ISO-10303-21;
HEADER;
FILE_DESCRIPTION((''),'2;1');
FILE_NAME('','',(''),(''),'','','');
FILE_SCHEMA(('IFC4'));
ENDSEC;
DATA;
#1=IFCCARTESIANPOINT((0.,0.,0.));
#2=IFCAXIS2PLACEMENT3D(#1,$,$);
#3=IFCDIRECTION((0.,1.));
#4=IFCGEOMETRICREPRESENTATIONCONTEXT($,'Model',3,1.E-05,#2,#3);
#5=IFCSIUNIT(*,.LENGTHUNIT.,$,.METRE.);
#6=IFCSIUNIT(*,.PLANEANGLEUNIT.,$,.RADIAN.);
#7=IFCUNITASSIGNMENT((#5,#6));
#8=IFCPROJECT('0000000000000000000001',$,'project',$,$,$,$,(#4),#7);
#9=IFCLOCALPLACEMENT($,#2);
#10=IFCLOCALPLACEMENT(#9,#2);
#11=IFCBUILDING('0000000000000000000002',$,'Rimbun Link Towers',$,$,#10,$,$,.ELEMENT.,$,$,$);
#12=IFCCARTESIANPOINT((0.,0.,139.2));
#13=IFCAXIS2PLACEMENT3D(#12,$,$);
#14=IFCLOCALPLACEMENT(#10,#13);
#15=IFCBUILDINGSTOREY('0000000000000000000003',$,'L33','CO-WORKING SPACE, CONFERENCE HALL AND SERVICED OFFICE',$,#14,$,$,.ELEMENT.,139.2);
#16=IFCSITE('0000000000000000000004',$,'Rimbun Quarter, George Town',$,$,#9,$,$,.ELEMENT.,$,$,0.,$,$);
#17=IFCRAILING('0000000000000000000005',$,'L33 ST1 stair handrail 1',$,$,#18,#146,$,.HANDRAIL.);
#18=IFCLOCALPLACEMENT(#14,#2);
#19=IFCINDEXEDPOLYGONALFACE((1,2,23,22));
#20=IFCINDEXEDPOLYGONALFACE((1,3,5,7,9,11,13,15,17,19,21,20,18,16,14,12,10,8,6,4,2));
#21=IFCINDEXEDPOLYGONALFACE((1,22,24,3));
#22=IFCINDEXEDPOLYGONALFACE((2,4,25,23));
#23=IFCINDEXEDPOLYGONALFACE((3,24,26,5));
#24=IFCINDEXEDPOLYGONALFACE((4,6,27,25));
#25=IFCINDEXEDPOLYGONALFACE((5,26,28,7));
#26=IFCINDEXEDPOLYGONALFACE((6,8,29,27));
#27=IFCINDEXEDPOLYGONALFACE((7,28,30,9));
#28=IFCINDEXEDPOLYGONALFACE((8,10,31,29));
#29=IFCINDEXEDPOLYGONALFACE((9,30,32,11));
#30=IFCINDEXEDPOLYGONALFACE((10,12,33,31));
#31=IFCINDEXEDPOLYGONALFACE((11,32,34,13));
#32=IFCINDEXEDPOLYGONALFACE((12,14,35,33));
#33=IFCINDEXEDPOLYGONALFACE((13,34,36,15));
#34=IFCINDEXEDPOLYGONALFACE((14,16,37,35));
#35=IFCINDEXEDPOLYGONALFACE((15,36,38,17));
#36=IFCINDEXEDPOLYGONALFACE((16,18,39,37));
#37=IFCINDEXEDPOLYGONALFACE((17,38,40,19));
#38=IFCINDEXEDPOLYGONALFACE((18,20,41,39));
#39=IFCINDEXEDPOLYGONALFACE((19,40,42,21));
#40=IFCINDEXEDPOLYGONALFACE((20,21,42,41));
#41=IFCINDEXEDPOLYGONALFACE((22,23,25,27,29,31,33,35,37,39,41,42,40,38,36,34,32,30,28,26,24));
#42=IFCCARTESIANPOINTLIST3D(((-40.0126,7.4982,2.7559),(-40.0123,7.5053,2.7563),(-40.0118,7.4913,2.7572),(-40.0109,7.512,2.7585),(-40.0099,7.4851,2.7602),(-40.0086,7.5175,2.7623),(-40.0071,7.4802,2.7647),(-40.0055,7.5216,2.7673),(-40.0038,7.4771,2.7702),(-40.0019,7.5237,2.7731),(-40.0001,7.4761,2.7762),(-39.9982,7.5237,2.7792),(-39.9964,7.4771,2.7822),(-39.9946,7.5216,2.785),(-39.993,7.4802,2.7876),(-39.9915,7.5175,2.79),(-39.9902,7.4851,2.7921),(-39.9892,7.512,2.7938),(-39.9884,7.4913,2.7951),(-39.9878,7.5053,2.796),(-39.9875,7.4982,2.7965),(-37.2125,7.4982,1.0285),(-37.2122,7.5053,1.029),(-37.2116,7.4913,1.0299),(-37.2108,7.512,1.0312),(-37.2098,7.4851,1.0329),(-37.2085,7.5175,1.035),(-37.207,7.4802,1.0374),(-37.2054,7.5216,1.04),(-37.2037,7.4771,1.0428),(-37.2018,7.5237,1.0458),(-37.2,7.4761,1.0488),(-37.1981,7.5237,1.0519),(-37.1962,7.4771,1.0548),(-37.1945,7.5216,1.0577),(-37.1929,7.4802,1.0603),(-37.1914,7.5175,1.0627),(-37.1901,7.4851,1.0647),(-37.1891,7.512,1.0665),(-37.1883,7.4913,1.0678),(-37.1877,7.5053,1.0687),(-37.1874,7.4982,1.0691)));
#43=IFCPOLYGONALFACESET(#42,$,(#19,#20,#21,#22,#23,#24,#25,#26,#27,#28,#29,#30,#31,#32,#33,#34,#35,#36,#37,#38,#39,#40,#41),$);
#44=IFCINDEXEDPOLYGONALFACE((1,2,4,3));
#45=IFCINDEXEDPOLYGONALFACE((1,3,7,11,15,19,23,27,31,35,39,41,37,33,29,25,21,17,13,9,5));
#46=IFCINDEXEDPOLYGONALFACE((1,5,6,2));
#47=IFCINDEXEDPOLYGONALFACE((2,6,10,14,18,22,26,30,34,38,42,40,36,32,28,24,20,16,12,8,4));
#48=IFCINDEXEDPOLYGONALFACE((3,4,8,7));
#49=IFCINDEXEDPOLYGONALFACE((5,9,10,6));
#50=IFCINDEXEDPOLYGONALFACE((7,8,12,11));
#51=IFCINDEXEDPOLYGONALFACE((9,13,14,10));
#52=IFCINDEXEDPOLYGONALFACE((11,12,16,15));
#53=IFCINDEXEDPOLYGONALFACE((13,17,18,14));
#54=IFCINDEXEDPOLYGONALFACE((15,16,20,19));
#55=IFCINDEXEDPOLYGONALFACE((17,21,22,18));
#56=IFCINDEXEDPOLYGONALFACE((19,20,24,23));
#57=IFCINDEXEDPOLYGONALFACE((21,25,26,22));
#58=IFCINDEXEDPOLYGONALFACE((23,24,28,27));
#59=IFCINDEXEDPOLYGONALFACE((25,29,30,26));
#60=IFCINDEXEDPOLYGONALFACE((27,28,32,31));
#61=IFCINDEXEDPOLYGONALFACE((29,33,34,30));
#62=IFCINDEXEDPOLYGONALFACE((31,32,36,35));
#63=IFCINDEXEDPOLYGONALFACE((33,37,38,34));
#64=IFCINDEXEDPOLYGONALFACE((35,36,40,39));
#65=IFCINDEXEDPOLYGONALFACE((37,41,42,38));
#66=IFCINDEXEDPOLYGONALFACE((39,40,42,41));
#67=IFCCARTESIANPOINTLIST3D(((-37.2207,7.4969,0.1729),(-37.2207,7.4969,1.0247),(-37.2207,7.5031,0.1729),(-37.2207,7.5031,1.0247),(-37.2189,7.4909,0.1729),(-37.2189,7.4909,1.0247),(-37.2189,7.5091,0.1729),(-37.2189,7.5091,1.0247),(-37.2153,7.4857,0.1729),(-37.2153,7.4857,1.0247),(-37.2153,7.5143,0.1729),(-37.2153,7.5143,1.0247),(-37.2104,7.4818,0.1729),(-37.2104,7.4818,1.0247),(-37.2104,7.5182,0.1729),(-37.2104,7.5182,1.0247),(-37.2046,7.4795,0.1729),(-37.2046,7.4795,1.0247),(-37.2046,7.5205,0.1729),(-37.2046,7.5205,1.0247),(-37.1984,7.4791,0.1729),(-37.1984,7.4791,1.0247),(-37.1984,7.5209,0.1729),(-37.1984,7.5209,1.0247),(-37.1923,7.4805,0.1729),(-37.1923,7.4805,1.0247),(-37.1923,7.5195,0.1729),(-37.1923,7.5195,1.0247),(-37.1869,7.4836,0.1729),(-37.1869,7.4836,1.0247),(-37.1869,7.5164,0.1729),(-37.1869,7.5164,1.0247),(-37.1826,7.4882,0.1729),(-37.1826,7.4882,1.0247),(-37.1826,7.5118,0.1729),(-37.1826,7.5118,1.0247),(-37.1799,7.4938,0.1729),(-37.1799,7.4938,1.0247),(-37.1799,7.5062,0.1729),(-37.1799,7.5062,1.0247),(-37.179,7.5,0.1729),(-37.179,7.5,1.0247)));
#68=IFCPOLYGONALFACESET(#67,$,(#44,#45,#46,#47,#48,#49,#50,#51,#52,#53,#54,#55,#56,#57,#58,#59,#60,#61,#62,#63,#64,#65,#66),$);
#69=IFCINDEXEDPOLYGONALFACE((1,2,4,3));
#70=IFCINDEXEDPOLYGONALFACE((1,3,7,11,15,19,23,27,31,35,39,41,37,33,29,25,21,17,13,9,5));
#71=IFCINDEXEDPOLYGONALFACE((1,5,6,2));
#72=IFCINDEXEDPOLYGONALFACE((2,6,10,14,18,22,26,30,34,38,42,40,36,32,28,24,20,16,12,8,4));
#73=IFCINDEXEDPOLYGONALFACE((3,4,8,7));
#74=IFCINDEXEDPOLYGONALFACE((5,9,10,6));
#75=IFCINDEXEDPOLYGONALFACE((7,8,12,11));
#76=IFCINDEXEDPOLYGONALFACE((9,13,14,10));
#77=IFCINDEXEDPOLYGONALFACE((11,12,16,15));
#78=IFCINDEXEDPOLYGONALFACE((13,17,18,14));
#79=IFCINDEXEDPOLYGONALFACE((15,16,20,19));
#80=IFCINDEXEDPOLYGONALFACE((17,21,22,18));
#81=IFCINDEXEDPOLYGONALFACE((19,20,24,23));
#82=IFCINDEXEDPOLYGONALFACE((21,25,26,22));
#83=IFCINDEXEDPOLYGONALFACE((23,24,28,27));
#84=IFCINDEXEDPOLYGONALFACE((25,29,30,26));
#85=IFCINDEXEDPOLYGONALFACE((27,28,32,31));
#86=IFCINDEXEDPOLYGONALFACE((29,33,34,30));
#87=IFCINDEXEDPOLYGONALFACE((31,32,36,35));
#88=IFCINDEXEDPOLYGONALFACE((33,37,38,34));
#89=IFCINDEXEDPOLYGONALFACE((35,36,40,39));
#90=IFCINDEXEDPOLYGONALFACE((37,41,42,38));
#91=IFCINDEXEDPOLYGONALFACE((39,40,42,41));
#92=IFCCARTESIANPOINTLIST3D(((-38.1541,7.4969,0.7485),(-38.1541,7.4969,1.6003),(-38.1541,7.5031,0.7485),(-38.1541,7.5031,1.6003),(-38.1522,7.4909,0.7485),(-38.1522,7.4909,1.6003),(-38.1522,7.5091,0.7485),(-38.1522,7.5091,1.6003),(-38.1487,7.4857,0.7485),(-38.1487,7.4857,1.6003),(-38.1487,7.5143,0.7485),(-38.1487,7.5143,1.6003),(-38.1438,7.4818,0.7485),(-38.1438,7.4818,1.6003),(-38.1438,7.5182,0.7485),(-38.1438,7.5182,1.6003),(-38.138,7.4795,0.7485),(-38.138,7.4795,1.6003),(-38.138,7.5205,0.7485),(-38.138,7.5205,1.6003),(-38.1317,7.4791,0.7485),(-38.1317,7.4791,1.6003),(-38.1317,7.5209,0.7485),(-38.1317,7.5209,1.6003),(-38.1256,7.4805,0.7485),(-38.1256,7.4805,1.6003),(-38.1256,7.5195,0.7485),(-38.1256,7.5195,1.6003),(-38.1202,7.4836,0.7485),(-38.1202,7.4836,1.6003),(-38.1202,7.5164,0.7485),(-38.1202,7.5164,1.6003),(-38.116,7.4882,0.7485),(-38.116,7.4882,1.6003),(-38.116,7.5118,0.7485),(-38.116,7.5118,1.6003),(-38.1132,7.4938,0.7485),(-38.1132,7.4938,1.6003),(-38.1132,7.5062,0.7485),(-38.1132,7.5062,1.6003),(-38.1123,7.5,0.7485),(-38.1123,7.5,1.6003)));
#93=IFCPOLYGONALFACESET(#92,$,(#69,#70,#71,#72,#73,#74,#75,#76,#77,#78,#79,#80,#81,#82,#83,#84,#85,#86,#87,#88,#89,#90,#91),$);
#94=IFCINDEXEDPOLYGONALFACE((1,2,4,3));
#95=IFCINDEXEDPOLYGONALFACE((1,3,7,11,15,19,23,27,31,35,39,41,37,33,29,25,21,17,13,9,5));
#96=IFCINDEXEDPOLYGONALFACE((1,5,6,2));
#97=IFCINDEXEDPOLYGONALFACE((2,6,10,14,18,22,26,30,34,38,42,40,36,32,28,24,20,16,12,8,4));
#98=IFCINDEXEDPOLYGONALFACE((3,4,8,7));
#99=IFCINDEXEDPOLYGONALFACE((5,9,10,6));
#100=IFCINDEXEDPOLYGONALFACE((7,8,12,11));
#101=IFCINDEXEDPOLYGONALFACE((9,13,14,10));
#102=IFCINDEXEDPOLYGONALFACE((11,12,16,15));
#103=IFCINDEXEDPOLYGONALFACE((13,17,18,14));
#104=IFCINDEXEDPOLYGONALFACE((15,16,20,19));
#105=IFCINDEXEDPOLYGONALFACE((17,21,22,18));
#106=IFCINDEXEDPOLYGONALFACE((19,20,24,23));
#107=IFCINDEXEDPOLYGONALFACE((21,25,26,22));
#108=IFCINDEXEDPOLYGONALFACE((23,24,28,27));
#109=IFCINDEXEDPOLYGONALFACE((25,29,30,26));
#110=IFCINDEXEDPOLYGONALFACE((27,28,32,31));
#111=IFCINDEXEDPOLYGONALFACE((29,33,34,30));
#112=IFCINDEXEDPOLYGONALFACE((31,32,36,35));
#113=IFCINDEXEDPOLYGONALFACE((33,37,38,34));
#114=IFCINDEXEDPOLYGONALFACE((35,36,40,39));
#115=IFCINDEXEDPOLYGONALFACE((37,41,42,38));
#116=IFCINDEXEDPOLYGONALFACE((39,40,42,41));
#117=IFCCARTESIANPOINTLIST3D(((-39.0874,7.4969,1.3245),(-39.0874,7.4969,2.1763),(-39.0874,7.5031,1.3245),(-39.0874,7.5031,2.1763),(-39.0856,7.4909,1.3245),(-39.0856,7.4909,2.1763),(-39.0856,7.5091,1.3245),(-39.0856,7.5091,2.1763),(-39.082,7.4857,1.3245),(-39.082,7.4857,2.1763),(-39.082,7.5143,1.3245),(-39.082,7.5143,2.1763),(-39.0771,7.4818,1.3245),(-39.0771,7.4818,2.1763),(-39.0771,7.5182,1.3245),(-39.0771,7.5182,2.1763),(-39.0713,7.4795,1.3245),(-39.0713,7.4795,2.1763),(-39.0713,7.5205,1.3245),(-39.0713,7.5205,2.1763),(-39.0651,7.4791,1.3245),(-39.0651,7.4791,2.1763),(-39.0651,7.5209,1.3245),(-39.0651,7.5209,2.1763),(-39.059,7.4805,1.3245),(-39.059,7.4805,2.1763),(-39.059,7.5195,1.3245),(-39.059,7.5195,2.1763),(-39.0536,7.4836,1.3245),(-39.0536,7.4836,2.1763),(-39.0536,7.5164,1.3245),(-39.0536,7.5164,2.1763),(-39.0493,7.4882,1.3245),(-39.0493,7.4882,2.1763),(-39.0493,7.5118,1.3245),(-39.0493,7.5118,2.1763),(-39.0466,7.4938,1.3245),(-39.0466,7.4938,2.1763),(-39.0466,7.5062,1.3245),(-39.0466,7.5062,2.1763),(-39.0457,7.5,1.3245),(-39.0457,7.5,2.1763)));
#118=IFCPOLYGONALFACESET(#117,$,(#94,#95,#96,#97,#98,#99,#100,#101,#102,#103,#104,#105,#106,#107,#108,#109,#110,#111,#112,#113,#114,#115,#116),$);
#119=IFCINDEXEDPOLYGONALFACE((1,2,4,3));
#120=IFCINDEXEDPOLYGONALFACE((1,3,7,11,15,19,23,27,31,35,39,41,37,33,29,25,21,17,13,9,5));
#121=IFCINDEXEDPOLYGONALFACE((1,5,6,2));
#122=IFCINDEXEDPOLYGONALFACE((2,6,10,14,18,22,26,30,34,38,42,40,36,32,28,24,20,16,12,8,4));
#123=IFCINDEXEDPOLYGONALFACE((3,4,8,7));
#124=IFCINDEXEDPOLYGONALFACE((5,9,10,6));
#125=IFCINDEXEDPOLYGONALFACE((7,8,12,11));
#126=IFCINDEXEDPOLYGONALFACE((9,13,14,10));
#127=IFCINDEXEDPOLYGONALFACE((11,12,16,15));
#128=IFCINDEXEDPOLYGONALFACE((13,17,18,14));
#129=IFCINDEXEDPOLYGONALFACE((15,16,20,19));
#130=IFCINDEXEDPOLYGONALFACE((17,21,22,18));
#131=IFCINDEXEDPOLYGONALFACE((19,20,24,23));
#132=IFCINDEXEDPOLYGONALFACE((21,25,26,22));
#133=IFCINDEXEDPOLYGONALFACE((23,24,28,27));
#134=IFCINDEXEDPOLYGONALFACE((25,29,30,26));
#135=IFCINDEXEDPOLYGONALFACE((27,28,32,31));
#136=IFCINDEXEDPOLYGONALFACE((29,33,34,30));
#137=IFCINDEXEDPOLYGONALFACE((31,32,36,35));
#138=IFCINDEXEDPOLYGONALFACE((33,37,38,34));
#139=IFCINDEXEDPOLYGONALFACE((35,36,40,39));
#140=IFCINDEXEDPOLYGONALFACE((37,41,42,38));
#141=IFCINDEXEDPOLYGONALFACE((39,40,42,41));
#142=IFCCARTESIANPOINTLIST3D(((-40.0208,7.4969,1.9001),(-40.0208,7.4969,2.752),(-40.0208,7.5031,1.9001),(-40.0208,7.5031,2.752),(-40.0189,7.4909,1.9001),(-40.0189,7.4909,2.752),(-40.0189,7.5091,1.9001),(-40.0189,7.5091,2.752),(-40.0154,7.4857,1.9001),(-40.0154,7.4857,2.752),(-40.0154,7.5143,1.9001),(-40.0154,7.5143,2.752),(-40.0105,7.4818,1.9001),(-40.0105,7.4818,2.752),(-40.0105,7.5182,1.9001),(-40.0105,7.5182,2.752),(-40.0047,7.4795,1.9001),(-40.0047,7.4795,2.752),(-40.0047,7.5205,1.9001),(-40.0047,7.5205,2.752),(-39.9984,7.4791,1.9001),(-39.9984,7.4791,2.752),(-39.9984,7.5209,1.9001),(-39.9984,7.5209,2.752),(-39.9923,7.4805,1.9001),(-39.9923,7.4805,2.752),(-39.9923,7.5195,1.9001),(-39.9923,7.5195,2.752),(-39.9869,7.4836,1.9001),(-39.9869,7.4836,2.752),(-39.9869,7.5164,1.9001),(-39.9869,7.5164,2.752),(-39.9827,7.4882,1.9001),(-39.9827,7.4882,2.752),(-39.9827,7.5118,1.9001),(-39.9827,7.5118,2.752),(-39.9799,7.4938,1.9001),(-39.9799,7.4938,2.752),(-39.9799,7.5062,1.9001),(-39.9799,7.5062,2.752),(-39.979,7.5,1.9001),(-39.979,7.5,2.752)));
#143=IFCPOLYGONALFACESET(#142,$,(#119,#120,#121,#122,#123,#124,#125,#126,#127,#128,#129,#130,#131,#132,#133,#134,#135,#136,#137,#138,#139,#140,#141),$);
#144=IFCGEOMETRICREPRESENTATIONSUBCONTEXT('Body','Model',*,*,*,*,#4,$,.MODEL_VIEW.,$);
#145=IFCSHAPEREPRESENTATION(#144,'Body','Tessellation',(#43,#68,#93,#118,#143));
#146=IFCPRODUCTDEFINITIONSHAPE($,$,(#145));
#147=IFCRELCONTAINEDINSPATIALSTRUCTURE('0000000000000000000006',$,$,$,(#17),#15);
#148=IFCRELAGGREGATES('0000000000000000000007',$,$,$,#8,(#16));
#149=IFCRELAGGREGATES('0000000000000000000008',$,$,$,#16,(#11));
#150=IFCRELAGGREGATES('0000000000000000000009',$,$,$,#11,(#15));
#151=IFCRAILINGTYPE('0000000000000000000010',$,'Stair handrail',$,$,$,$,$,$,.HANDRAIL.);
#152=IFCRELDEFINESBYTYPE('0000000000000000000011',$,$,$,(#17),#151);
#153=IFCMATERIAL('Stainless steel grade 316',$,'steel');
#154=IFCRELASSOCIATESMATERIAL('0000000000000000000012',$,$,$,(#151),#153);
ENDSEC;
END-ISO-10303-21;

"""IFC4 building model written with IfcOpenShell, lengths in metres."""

from ifc_helpers import new_model, si_unit, direction, frame, origin, origin_2d, place, context, subcontext, project, spatial, circle, extrude, material, type_object, element, save


model = new_model("IFC4")

# Units and contexts
model_context = context("Model", 3, precision=1e-05, world=origin(), true_north=direction((0.0, 1.0)))
body_context = subcontext(model_context, "Body", "Model", "MODEL_VIEW")
ifc_project = project(units=[si_unit("LENGTHUNIT", "METRE"), si_unit("PLANEANGLEUNIT", "RADIAN")], contexts=[model_context])

# Site, building, storey
site_placement = place(None, origin())
site = spatial("IfcSite", under=ifc_project, at=site_placement, Name="Rimbun Quarter, George Town", CompositionType="ELEMENT", RefElevation=0.0)
building_placement = place(site_placement, origin())
building = spatial("IfcBuilding", under=site, at=building_placement, Name="Rimbun Link Towers", CompositionType="ELEMENT")
storey_placement = place(building_placement, frame((0.0, 0.0, 139.2)))
storey = spatial("IfcBuildingStorey", under=building, at=storey_placement, Name="L33", Description="CO-WORKING SPACE, CONFERENCE HALL AND SERVICED OFFICE", CompositionType="ELEMENT", Elevation=139.2)

# Railing
ifc_material_1 = material(Name="Stainless steel grade 316", Category="steel")
railing_type_1 = type_object("IfcRailingType", Name="Stair handrail", PredefinedType="HANDRAIL", material=ifc_material_1)
railing_1_placement = place(storey_placement, frame((-37.2, 7.5, 0.1729)))
element("IfcRailing", 1, at=railing_1_placement, inside=storey, type_object=railing_type_1, Name="L33 ST1 stair handrail 1", PredefinedType="HANDRAIL", context=body_context, shape_type="SweptSolid", body=[
    extrude(circle(Radius=0.0239, at=origin_2d()), frame((0.0, 0.0, 0.876), z_axis=(-0.85109, 0.0, 0.52502), x_axis=(0.0, -1.0, 0.0)), (0.0, 0.0, 1.0), 3.29),
    extrude(circle(Radius=0.021, at=origin_2d()), origin(), (0.0, 0.0, 1.0), 0.8518),
    extrude(circle(Radius=0.021, at=origin_2d()), frame((-0.9333, 0.0, 0.5757)), (0.0, 0.0, 1.0), 0.8518),
    extrude(circle(Radius=0.021, at=origin_2d()), frame((-1.8667, 0.0, 1.1516)), (0.0, 0.0, 1.0), 0.8518),
    extrude(circle(Radius=0.021, at=origin_2d()), frame((-2.8, 0.0, 1.7273)), (0.0, 0.0, 1.0), 0.8518),
])

save(model, "model.ifc")
